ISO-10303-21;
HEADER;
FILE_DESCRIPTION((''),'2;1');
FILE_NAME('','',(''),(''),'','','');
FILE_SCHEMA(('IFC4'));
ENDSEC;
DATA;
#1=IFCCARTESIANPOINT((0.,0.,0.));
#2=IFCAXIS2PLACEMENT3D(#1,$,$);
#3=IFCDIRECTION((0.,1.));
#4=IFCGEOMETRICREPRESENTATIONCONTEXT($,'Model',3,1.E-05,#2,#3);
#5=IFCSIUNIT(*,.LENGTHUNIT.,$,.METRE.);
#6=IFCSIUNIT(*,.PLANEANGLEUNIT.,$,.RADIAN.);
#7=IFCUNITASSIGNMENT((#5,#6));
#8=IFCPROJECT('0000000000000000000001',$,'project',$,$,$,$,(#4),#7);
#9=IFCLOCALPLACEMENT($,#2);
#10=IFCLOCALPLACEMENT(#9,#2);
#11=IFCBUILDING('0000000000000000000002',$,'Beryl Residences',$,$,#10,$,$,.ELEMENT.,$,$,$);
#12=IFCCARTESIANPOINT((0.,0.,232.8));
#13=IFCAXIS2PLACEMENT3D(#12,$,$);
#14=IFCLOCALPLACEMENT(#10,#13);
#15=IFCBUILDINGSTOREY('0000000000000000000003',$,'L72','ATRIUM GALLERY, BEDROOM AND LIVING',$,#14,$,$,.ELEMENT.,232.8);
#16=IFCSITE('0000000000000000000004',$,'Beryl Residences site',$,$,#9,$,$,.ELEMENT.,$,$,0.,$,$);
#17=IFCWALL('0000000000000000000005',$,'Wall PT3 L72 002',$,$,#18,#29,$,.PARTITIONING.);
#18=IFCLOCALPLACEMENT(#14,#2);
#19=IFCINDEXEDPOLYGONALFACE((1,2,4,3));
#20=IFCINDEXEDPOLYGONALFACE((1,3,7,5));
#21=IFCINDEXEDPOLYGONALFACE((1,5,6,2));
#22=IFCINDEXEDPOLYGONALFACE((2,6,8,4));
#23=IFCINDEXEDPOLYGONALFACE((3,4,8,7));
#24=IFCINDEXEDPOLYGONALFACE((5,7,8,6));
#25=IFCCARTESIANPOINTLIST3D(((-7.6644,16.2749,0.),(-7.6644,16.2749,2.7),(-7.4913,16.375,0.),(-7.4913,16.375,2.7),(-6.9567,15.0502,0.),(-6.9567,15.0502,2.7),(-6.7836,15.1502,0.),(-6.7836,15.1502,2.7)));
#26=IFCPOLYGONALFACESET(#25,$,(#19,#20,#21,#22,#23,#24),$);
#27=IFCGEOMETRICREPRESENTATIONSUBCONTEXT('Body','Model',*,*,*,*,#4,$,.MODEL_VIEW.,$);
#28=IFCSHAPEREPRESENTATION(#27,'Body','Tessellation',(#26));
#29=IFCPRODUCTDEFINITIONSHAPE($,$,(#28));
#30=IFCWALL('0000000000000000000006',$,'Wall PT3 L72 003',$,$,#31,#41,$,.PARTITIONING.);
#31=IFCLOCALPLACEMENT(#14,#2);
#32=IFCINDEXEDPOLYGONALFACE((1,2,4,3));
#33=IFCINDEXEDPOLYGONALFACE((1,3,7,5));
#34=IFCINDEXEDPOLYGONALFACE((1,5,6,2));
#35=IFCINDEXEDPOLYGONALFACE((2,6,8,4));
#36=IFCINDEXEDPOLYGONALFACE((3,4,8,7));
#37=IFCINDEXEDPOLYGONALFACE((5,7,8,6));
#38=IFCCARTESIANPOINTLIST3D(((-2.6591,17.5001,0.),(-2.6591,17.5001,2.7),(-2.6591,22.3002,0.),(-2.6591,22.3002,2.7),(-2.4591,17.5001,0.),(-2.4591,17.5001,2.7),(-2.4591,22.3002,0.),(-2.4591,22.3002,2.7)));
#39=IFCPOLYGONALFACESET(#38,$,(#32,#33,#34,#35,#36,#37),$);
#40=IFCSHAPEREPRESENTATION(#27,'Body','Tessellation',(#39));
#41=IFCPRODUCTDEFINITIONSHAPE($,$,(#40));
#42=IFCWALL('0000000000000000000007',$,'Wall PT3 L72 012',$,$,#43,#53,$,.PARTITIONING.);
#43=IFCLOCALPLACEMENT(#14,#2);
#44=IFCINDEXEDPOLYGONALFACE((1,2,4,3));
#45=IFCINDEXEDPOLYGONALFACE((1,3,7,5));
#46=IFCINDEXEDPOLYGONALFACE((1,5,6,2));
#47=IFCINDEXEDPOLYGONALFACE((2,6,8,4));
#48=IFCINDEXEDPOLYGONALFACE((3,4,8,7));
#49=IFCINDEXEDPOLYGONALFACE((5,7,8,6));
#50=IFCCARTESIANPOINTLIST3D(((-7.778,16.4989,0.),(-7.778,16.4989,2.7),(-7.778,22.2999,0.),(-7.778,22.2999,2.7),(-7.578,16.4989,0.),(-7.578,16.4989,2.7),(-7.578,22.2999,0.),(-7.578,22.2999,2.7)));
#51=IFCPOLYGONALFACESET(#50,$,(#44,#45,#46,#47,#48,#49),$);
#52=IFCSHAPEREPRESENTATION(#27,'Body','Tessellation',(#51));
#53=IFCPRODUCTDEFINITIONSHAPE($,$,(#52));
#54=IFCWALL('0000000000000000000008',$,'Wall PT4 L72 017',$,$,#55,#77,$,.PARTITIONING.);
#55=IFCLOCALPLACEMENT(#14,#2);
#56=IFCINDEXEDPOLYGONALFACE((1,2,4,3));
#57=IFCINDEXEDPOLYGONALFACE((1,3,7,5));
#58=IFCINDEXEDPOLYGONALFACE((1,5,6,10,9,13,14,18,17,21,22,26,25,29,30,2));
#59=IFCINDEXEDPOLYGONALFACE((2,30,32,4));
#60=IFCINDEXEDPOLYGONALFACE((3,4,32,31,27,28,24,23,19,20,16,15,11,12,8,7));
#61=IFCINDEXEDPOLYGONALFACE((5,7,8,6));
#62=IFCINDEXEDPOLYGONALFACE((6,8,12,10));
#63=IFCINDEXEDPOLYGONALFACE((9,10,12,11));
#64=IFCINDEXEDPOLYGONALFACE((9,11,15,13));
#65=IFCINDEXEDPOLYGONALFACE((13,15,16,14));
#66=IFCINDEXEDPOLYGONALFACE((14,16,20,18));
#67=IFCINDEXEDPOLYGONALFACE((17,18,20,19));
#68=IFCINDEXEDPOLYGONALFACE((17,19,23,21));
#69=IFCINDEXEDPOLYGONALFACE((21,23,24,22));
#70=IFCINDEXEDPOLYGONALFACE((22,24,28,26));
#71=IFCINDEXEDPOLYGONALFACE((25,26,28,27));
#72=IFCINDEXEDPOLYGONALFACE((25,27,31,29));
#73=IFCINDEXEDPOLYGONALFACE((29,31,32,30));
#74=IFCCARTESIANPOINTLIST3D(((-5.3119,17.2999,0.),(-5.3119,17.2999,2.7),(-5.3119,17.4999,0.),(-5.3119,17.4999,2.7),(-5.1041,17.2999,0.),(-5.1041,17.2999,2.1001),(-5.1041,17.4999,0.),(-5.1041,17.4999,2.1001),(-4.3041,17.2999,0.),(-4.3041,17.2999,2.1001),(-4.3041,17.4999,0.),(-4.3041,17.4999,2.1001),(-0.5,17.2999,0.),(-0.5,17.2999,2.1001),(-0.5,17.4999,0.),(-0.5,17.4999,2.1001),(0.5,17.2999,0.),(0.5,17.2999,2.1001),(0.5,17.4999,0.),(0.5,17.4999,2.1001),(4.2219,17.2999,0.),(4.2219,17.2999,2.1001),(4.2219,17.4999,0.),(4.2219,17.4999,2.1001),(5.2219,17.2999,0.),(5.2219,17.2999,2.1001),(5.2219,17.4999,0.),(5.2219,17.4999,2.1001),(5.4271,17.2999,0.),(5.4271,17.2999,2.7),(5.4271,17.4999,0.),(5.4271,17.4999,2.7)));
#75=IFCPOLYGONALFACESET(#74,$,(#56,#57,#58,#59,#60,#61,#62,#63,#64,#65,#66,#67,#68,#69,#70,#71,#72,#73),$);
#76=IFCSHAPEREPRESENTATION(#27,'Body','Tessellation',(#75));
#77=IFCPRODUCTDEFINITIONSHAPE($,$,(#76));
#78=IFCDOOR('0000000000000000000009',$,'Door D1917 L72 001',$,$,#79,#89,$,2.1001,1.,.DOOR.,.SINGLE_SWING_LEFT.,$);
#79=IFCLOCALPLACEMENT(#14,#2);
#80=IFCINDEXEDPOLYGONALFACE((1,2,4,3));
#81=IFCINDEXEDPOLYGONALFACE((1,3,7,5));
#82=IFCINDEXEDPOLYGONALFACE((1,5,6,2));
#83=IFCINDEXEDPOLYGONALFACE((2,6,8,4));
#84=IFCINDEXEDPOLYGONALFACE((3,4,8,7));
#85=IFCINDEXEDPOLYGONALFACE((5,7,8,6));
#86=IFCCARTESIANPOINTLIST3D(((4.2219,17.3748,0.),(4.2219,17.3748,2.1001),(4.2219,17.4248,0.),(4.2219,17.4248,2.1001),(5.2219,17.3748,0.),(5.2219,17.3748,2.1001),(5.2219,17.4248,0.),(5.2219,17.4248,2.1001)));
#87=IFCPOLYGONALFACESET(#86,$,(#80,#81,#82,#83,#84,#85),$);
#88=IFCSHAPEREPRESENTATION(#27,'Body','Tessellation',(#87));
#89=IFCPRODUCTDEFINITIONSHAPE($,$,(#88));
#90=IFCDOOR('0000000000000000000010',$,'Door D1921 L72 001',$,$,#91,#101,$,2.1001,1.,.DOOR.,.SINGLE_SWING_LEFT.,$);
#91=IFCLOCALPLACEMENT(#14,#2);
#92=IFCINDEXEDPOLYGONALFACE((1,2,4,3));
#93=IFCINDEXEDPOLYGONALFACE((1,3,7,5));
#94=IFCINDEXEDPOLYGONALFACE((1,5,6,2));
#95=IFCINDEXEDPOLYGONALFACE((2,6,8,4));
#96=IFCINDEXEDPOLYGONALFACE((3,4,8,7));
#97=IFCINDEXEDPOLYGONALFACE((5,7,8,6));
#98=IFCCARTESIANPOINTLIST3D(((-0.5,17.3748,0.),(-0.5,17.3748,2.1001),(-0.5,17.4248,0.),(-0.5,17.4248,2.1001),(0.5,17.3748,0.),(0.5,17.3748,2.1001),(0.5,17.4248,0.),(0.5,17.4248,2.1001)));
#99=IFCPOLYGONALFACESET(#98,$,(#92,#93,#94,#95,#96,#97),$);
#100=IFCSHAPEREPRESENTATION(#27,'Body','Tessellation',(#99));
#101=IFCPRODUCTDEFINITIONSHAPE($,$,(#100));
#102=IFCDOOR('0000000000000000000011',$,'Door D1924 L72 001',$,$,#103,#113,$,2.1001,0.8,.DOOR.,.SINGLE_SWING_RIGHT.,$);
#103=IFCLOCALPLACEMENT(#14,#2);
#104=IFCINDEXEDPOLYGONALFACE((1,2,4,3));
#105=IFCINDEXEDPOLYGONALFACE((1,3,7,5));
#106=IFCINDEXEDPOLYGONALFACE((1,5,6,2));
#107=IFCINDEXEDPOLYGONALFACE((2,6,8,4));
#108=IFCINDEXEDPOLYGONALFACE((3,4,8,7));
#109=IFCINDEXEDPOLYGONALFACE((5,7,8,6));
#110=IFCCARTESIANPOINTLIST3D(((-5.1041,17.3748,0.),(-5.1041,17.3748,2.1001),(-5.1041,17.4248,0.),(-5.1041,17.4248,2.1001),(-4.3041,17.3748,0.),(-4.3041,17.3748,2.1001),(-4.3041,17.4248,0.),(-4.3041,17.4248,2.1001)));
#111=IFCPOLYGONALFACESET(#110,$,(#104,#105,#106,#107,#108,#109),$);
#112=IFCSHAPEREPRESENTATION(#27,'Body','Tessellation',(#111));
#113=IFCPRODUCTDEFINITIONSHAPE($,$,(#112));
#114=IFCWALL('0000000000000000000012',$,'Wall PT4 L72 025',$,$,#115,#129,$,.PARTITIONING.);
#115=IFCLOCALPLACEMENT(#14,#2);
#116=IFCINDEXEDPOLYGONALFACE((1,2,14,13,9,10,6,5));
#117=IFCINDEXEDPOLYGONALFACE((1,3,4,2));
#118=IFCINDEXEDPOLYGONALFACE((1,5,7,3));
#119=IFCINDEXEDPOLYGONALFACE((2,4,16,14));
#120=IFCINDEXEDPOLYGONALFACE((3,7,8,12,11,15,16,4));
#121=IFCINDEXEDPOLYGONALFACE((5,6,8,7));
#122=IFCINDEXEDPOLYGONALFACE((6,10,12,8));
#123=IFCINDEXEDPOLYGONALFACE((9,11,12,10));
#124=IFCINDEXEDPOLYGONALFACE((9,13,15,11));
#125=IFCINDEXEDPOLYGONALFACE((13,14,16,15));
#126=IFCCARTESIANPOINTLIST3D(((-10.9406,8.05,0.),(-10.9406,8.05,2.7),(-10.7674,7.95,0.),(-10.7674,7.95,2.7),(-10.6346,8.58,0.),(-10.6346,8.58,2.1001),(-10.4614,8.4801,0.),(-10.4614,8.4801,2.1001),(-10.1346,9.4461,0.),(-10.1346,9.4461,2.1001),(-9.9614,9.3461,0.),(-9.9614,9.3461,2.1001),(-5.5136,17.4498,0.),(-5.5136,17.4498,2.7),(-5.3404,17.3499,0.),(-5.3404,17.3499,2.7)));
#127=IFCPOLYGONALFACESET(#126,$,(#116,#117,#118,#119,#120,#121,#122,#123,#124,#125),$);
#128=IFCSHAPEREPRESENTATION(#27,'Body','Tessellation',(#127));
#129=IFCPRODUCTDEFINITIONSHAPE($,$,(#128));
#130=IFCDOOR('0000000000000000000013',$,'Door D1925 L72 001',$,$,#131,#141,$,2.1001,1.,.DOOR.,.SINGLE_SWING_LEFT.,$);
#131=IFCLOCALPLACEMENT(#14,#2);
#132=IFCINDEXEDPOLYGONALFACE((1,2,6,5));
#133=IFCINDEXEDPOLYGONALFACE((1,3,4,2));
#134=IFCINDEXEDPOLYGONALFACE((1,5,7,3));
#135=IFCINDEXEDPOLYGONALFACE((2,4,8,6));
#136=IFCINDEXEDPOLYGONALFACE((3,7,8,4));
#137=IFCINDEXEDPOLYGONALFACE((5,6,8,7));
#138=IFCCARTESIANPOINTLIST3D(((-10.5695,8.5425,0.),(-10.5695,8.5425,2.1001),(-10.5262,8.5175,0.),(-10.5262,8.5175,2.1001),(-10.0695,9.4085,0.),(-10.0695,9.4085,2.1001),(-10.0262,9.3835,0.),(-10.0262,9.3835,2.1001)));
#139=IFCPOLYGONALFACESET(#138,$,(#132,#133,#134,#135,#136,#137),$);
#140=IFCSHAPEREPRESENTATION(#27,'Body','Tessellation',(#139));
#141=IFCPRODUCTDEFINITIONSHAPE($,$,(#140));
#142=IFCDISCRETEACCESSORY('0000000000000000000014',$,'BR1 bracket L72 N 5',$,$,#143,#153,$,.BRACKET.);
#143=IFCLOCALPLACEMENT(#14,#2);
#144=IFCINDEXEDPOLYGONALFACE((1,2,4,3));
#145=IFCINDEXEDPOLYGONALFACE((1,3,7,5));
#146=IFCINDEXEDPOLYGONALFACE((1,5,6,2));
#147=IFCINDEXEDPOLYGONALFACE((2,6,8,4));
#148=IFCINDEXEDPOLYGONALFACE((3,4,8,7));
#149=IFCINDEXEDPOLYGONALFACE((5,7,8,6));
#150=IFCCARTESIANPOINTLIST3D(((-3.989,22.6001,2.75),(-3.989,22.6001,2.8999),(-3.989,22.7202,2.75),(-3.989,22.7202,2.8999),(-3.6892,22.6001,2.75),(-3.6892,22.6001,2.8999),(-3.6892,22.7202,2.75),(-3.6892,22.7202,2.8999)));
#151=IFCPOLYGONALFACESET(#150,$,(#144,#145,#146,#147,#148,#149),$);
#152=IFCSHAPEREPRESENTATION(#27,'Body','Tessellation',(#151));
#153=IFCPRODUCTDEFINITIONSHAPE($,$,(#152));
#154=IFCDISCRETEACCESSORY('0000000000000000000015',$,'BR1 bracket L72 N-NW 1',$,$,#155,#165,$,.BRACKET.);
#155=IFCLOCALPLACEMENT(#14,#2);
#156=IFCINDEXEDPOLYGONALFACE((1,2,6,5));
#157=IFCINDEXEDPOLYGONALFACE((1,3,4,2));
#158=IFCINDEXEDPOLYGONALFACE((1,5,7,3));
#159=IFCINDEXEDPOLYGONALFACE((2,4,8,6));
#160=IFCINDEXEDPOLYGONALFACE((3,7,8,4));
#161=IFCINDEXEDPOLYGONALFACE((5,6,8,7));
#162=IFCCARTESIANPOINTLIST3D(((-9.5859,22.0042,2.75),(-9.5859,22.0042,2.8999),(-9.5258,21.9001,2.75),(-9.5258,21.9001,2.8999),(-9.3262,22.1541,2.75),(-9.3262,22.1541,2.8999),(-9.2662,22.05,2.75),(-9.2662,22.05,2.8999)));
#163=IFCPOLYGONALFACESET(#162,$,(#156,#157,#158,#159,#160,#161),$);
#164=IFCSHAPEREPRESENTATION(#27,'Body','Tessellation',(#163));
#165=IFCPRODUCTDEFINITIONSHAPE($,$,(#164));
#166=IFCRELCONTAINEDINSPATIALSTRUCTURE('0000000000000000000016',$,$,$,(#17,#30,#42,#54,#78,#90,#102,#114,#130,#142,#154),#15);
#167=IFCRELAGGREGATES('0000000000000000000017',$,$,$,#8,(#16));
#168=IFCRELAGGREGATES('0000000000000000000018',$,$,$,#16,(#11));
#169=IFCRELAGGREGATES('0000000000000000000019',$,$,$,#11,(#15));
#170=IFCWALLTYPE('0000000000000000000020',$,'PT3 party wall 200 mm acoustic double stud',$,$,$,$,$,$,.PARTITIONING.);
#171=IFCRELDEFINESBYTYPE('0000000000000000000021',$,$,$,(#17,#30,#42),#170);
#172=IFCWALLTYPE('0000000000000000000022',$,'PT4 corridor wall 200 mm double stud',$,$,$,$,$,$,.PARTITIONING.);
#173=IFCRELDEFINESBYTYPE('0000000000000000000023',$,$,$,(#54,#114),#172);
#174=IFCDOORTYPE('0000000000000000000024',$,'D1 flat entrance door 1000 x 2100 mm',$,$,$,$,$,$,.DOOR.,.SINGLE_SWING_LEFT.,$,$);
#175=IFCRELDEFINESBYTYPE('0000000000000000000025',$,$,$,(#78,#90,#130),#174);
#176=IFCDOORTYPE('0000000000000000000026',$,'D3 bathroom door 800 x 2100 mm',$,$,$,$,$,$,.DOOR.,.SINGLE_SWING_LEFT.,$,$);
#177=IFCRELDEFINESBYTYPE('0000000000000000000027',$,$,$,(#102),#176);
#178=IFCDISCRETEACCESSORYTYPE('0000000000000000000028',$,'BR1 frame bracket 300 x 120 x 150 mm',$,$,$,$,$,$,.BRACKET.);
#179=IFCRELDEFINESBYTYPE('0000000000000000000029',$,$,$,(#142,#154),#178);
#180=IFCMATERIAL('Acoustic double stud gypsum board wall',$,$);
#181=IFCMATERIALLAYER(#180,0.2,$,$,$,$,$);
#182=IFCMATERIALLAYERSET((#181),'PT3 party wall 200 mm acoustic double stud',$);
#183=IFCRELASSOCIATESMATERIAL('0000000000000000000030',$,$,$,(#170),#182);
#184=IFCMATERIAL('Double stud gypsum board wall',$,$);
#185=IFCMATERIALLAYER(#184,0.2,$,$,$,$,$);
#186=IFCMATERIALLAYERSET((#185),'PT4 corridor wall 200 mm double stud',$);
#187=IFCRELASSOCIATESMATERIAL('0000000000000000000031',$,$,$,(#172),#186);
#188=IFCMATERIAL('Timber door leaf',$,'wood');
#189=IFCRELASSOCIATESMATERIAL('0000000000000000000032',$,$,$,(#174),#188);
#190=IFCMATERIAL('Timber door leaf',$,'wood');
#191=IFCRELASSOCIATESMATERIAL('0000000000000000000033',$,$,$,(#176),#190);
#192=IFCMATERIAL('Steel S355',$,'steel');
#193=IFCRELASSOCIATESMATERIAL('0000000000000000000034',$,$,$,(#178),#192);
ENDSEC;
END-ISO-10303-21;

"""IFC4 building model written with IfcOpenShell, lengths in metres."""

from ifc_helpers import new_model, si_unit, direction, frame, frame_2d, origin, place, context, subcontext, project, spatial, polyline, rectangle, outline, extrude, source, transform, mapped, material, layer, layer_set, type_object, type_shapes, element, fill, save


model = new_model("IFC4")

# Units and contexts
model_context = context("Model", 3, precision=1e-05, world=origin(), true_north=direction((0.0, 1.0)))
body_context = subcontext(model_context, "Body", "Model", "MODEL_VIEW")
ifc_project = project(units=[si_unit("LENGTHUNIT", "METRE"), si_unit("PLANEANGLEUNIT", "RADIAN")], contexts=[model_context])

# Site, building, storey
site_placement = place(None, origin())
site = spatial("IfcSite", under=ifc_project, at=site_placement, Name="Beryl Residences site", CompositionType="ELEMENT", RefElevation=0.0)
building_placement = place(site_placement, origin())
building = spatial("IfcBuilding", under=site, at=building_placement, Name="Beryl Residences", CompositionType="ELEMENT")
storey_placement = place(building_placement, frame((0.0, 0.0, 232.8)))
storey = spatial("IfcBuildingStorey", under=building, at=storey_placement, Name="L72", Description="ATRIUM GALLERY, BEDROOM AND LIVING", CompositionType="ELEMENT", Elevation=232.8)

# Walls
ifc_material_1 = material(Name="Acoustic double stud gypsum board wall")
ifc_layer_1 = layer(ifc_material_1, 0.2)
ifc_layer_set_1 = layer_set([ifc_layer_1], Name="PT3 party wall 200 mm acoustic double stud")
wall_type_1 = type_object("IfcWallType", Name="PT3 party wall 200 mm acoustic double stud", PredefinedType="PARTITIONING", material=ifc_layer_set_1)
wall_1_placement = place(storey_placement, frame((-7.5779, 16.325, 0.0), z_axis=(0.0, 0.0, 1.0), x_axis=(0.500315, -0.865843, 0.0)))
element("IfcWall", 1, at=wall_1_placement, inside=storey, type_object=wall_type_1, Name="Wall PT3 L72 002", PredefinedType="PARTITIONING", context=body_context, shape_type="SweptSolid", body=[
    extrude(rectangle(XDim=1.4146, YDim=0.2, at=frame_2d((0.7073, 0.0))), origin(), (0.0, 0.0, 1.0), 2.7),
])
wall_2_placement = place(storey_placement, frame((-2.5591, 22.3, 0.0), z_axis=(0.0, 0.0, 1.0), x_axis=(0.0, -1.0, 0.0)))
element("IfcWall", 2, at=wall_2_placement, inside=storey, type_object=wall_type_1, Name="Wall PT3 L72 003", PredefinedType="PARTITIONING", context=body_context, shape_type="SweptSolid", body=[
    extrude(rectangle(XDim=4.8, YDim=0.2, at=frame_2d((2.3999, 0.0))), origin(), (0.0, 0.0, 1.0), 2.7),
])
wall_3_placement = place(storey_placement, frame((-7.678, 16.499, 0.0), z_axis=(0.0, 0.0, 1.0), x_axis=(0.0, 1.0, 0.0)))
element("IfcWall", 3, at=wall_3_placement, inside=storey, type_object=wall_type_1, Name="Wall PT3 L72 012", PredefinedType="PARTITIONING", context=body_context, shape_type="SweptSolid", body=[
    extrude(rectangle(XDim=5.801, YDim=0.2, at=frame_2d((2.9004, 0.0))), origin(), (0.0, 0.0, 1.0), 2.7),
])

# Wall, openings, doors
ifc_material_2 = material(Name="Double stud gypsum board wall")
ifc_layer_2 = layer(ifc_material_2, 0.2)
ifc_layer_set_2 = layer_set([ifc_layer_2], Name="PT4 corridor wall 200 mm double stud")
wall_type_2 = type_object("IfcWallType", Name="PT4 corridor wall 200 mm double stud", PredefinedType="PARTITIONING", material=ifc_layer_set_2)
wall_4_placement = place(storey_placement, frame((-5.312, 17.3999, 0.0), z_axis=(0.0, 0.0, 1.0), x_axis=(1.0, 0.0, 0.0)))
wall_4 = element("IfcWall", 4, at=wall_4_placement, inside=storey, type_object=wall_type_2, Name="Wall PT4 L72 017", PredefinedType="PARTITIONING", context=body_context, shape_type="SweptSolid", body=[
    extrude(rectangle(XDim=10.739, YDim=0.2, at=frame_2d((5.3696, 0.0))), origin(), (0.0, 0.0, 1.0), 2.7),
])
opening_1_placement = place(wall_4_placement, frame((9.5339, 0.0, 0.0)))
opening_1 = element("IfcOpeningElement", 5, at=opening_1_placement, cuts=wall_4, PredefinedType="OPENING", context=body_context, shape_type="SweptSolid", body=[
    extrude(rectangle(XDim=1.0, YDim=2.1001, at=frame_2d((0.5, 1.05))), frame((0.0, 0.1099, 0.0), z_axis=(0.0, -1.0, 0.0), x_axis=(1.0, 0.0, 0.0)), (0.0, 0.0, 1.0), 0.22),
])
opening_2_placement = place(wall_4_placement, frame((4.812, 0.0, 0.0)))
opening_2 = element("IfcOpeningElement", 6, at=opening_2_placement, cuts=wall_4, PredefinedType="OPENING", context=body_context, shape_type="SweptSolid", body=[
    extrude(rectangle(XDim=1.0, YDim=2.1001, at=frame_2d((0.5, 1.05))), frame((0.0, 0.1099, 0.0), z_axis=(0.0, -1.0, 0.0), x_axis=(1.0, 0.0, 0.0)), (0.0, 0.0, 1.0), 0.22),
])
opening_3_placement = place(wall_4_placement, frame((0.208, 0.0, 0.0)))
opening_3 = element("IfcOpeningElement", 7, at=opening_3_placement, cuts=wall_4, PredefinedType="OPENING", context=body_context, shape_type="SweptSolid", body=[
    extrude(rectangle(XDim=0.8, YDim=2.1001, at=frame_2d((0.3999, 1.05))), frame((0.0, 0.1099, 0.0), z_axis=(0.0, -1.0, 0.0), x_axis=(1.0, 0.0, 0.0)), (0.0, 0.0, 1.0), 0.22),
])
ifc_material_3 = material(Name="Timber door leaf", Category="wood")
door_type_1 = type_object("IfcDoorType", Name="D1 flat entrance door 1000 x 2100 mm", OperationType="SINGLE_SWING_LEFT", PredefinedType="DOOR", material=ifc_material_3)
door_1_placement = place(opening_1_placement, origin())
door_1 = element("IfcDoor", 8, at=door_1_placement, inside=storey, type_object=door_type_1, Name="Door D1917 L72 001", OperationType="SINGLE_SWING_LEFT", OverallHeight=2.1001, OverallWidth=1.0, PredefinedType="DOOR", context=body_context, shape_type="SweptSolid", body=[
    extrude(rectangle(XDim=1.0, YDim=2.1001, at=frame_2d((0.5, 1.05))), frame((0.0, 0.0249, 0.0), z_axis=(0.0, -1.0, 0.0), x_axis=(1.0, 0.0, 0.0)), (0.0, 0.0, 1.0), 0.05),
])
fill(opening_1, door_1)
door_2_placement = place(opening_2_placement, origin())
door_2 = element("IfcDoor", 9, at=door_2_placement, inside=storey, type_object=door_type_1, Name="Door D1921 L72 001", OperationType="SINGLE_SWING_LEFT", OverallHeight=2.1001, OverallWidth=1.0, PredefinedType="DOOR", context=body_context, shape_type="SweptSolid", body=[
    extrude(rectangle(XDim=1.0, YDim=2.1001, at=frame_2d((0.5, 1.05))), frame((0.0, 0.0249, 0.0), z_axis=(0.0, -1.0, 0.0), x_axis=(1.0, 0.0, 0.0)), (0.0, 0.0, 1.0), 0.05),
])
fill(opening_2, door_2)
ifc_material_4 = material(Name="Timber door leaf", Category="wood")
door_type_2 = type_object("IfcDoorType", Name="D3 bathroom door 800 x 2100 mm", OperationType="SINGLE_SWING_LEFT", PredefinedType="DOOR", material=ifc_material_4)
door_3_placement = place(opening_3_placement, origin())
door_3 = element("IfcDoor", 10, at=door_3_placement, inside=storey, type_object=door_type_2, Name="Door D1924 L72 001", OperationType="SINGLE_SWING_RIGHT", OverallHeight=2.1001, OverallWidth=0.8, PredefinedType="DOOR", context=body_context, shape_type="SweptSolid", body=[
    extrude(rectangle(XDim=0.8, YDim=2.1001, at=frame_2d((0.3999, 1.05))), frame((0.0, 0.0249, 0.0), z_axis=(0.0, -1.0, 0.0), x_axis=(1.0, 0.0, 0.0)), (0.0, 0.0, 1.0), 0.05),
])
fill(opening_3, door_3)

# Wall, opening, door
wall_5_placement = place(storey_placement, frame((-10.854, 8.0, 0.0), z_axis=(0.0, 0.0, 1.0), x_axis=(0.499998, 0.866027, 0.0)))
wall_5 = element("IfcWall", 11, at=wall_5_placement, inside=storey, type_object=wall_type_2, Name="Wall PT4 L72 025", PredefinedType="PARTITIONING", context=body_context, shape_type="SweptSolid", body=[
    extrude(rectangle(XDim=10.854, YDim=0.2, at=frame_2d((5.427, 0.0))), origin(), (0.0, 0.0, 1.0), 2.7),
])
opening_4_placement = place(wall_5_placement, frame((0.6121, 0.0, 0.0)))
opening_4 = element("IfcOpeningElement", 12, at=opening_4_placement, cuts=wall_5, PredefinedType="OPENING", context=body_context, shape_type="SweptSolid", body=[
    extrude(rectangle(XDim=1.0, YDim=2.1001, at=frame_2d((0.5, 1.05))), frame((0.0, 0.1099, 0.0), z_axis=(0.0, -1.0, 0.0), x_axis=(1.0, 0.0, 0.0)), (0.0, 0.0, 1.0), 0.22),
])
door_4_placement = place(opening_4_placement, origin())
door_4 = element("IfcDoor", 13, at=door_4_placement, inside=storey, type_object=door_type_1, Name="Door D1925 L72 001", OperationType="SINGLE_SWING_LEFT", OverallHeight=2.1001, OverallWidth=1.0, PredefinedType="DOOR", context=body_context, shape_type="SweptSolid", body=[
    extrude(rectangle(XDim=1.0, YDim=2.1001, at=frame_2d((0.5, 1.05))), frame((0.0, 0.0249, 0.0), z_axis=(0.0, -1.0, 0.0), x_axis=(1.0, 0.0, 0.0)), (0.0, 0.0, 1.0), 0.05),
])
fill(opening_4, door_4)

# Discrete accessories
ifc_material_5 = material(Name="Steel S355", Category="steel")
discrete_accessory_type = type_object("IfcDiscreteAccessoryType", Name="BR1 frame bracket 300 x 120 x 150 mm", PredefinedType="BRACKET", material=ifc_material_5)
shared_shape_1 = source(origin(), body_context, "Body", "SweptSolid", [
    extrude(outline(polyline([(-0.1499, 0.0), (0.1499, 0.0), (0.1499, 0.1201), (-0.1499, 0.1201), (-0.1499, 0.0)])), origin(), (0.0, 0.0, 1.0), 0.1499),
])
type_shapes(discrete_accessory_type, [shared_shape_1])
for number, where, z_axis, x_axis, name in (
    (14, (-3.8391, 22.6001, 2.75), (0.0, 0.0, 1.0), (1.0, 0.0, 0.0), "BR1 bracket L72 N 5"),
    (15, (-9.396, 21.9751, 2.75), (0.0, 0.0, 1.0), (0.866025, 0.5, 0.0), "BR1 bracket L72 N-NW 1"),
):
    element("IfcDiscreteAccessory", number, at=place(storey_placement, frame(where, z_axis=z_axis, x_axis=x_axis)), inside=storey, type_object=discrete_accessory_type, Name=name, PredefinedType="BRACKET", context=body_context, shape_type="MappedRepresentation", body=[
        mapped(shared_shape_1, transform((0.0, 0.0, 0.0))),
    ])

save(model, "model.ifc")
